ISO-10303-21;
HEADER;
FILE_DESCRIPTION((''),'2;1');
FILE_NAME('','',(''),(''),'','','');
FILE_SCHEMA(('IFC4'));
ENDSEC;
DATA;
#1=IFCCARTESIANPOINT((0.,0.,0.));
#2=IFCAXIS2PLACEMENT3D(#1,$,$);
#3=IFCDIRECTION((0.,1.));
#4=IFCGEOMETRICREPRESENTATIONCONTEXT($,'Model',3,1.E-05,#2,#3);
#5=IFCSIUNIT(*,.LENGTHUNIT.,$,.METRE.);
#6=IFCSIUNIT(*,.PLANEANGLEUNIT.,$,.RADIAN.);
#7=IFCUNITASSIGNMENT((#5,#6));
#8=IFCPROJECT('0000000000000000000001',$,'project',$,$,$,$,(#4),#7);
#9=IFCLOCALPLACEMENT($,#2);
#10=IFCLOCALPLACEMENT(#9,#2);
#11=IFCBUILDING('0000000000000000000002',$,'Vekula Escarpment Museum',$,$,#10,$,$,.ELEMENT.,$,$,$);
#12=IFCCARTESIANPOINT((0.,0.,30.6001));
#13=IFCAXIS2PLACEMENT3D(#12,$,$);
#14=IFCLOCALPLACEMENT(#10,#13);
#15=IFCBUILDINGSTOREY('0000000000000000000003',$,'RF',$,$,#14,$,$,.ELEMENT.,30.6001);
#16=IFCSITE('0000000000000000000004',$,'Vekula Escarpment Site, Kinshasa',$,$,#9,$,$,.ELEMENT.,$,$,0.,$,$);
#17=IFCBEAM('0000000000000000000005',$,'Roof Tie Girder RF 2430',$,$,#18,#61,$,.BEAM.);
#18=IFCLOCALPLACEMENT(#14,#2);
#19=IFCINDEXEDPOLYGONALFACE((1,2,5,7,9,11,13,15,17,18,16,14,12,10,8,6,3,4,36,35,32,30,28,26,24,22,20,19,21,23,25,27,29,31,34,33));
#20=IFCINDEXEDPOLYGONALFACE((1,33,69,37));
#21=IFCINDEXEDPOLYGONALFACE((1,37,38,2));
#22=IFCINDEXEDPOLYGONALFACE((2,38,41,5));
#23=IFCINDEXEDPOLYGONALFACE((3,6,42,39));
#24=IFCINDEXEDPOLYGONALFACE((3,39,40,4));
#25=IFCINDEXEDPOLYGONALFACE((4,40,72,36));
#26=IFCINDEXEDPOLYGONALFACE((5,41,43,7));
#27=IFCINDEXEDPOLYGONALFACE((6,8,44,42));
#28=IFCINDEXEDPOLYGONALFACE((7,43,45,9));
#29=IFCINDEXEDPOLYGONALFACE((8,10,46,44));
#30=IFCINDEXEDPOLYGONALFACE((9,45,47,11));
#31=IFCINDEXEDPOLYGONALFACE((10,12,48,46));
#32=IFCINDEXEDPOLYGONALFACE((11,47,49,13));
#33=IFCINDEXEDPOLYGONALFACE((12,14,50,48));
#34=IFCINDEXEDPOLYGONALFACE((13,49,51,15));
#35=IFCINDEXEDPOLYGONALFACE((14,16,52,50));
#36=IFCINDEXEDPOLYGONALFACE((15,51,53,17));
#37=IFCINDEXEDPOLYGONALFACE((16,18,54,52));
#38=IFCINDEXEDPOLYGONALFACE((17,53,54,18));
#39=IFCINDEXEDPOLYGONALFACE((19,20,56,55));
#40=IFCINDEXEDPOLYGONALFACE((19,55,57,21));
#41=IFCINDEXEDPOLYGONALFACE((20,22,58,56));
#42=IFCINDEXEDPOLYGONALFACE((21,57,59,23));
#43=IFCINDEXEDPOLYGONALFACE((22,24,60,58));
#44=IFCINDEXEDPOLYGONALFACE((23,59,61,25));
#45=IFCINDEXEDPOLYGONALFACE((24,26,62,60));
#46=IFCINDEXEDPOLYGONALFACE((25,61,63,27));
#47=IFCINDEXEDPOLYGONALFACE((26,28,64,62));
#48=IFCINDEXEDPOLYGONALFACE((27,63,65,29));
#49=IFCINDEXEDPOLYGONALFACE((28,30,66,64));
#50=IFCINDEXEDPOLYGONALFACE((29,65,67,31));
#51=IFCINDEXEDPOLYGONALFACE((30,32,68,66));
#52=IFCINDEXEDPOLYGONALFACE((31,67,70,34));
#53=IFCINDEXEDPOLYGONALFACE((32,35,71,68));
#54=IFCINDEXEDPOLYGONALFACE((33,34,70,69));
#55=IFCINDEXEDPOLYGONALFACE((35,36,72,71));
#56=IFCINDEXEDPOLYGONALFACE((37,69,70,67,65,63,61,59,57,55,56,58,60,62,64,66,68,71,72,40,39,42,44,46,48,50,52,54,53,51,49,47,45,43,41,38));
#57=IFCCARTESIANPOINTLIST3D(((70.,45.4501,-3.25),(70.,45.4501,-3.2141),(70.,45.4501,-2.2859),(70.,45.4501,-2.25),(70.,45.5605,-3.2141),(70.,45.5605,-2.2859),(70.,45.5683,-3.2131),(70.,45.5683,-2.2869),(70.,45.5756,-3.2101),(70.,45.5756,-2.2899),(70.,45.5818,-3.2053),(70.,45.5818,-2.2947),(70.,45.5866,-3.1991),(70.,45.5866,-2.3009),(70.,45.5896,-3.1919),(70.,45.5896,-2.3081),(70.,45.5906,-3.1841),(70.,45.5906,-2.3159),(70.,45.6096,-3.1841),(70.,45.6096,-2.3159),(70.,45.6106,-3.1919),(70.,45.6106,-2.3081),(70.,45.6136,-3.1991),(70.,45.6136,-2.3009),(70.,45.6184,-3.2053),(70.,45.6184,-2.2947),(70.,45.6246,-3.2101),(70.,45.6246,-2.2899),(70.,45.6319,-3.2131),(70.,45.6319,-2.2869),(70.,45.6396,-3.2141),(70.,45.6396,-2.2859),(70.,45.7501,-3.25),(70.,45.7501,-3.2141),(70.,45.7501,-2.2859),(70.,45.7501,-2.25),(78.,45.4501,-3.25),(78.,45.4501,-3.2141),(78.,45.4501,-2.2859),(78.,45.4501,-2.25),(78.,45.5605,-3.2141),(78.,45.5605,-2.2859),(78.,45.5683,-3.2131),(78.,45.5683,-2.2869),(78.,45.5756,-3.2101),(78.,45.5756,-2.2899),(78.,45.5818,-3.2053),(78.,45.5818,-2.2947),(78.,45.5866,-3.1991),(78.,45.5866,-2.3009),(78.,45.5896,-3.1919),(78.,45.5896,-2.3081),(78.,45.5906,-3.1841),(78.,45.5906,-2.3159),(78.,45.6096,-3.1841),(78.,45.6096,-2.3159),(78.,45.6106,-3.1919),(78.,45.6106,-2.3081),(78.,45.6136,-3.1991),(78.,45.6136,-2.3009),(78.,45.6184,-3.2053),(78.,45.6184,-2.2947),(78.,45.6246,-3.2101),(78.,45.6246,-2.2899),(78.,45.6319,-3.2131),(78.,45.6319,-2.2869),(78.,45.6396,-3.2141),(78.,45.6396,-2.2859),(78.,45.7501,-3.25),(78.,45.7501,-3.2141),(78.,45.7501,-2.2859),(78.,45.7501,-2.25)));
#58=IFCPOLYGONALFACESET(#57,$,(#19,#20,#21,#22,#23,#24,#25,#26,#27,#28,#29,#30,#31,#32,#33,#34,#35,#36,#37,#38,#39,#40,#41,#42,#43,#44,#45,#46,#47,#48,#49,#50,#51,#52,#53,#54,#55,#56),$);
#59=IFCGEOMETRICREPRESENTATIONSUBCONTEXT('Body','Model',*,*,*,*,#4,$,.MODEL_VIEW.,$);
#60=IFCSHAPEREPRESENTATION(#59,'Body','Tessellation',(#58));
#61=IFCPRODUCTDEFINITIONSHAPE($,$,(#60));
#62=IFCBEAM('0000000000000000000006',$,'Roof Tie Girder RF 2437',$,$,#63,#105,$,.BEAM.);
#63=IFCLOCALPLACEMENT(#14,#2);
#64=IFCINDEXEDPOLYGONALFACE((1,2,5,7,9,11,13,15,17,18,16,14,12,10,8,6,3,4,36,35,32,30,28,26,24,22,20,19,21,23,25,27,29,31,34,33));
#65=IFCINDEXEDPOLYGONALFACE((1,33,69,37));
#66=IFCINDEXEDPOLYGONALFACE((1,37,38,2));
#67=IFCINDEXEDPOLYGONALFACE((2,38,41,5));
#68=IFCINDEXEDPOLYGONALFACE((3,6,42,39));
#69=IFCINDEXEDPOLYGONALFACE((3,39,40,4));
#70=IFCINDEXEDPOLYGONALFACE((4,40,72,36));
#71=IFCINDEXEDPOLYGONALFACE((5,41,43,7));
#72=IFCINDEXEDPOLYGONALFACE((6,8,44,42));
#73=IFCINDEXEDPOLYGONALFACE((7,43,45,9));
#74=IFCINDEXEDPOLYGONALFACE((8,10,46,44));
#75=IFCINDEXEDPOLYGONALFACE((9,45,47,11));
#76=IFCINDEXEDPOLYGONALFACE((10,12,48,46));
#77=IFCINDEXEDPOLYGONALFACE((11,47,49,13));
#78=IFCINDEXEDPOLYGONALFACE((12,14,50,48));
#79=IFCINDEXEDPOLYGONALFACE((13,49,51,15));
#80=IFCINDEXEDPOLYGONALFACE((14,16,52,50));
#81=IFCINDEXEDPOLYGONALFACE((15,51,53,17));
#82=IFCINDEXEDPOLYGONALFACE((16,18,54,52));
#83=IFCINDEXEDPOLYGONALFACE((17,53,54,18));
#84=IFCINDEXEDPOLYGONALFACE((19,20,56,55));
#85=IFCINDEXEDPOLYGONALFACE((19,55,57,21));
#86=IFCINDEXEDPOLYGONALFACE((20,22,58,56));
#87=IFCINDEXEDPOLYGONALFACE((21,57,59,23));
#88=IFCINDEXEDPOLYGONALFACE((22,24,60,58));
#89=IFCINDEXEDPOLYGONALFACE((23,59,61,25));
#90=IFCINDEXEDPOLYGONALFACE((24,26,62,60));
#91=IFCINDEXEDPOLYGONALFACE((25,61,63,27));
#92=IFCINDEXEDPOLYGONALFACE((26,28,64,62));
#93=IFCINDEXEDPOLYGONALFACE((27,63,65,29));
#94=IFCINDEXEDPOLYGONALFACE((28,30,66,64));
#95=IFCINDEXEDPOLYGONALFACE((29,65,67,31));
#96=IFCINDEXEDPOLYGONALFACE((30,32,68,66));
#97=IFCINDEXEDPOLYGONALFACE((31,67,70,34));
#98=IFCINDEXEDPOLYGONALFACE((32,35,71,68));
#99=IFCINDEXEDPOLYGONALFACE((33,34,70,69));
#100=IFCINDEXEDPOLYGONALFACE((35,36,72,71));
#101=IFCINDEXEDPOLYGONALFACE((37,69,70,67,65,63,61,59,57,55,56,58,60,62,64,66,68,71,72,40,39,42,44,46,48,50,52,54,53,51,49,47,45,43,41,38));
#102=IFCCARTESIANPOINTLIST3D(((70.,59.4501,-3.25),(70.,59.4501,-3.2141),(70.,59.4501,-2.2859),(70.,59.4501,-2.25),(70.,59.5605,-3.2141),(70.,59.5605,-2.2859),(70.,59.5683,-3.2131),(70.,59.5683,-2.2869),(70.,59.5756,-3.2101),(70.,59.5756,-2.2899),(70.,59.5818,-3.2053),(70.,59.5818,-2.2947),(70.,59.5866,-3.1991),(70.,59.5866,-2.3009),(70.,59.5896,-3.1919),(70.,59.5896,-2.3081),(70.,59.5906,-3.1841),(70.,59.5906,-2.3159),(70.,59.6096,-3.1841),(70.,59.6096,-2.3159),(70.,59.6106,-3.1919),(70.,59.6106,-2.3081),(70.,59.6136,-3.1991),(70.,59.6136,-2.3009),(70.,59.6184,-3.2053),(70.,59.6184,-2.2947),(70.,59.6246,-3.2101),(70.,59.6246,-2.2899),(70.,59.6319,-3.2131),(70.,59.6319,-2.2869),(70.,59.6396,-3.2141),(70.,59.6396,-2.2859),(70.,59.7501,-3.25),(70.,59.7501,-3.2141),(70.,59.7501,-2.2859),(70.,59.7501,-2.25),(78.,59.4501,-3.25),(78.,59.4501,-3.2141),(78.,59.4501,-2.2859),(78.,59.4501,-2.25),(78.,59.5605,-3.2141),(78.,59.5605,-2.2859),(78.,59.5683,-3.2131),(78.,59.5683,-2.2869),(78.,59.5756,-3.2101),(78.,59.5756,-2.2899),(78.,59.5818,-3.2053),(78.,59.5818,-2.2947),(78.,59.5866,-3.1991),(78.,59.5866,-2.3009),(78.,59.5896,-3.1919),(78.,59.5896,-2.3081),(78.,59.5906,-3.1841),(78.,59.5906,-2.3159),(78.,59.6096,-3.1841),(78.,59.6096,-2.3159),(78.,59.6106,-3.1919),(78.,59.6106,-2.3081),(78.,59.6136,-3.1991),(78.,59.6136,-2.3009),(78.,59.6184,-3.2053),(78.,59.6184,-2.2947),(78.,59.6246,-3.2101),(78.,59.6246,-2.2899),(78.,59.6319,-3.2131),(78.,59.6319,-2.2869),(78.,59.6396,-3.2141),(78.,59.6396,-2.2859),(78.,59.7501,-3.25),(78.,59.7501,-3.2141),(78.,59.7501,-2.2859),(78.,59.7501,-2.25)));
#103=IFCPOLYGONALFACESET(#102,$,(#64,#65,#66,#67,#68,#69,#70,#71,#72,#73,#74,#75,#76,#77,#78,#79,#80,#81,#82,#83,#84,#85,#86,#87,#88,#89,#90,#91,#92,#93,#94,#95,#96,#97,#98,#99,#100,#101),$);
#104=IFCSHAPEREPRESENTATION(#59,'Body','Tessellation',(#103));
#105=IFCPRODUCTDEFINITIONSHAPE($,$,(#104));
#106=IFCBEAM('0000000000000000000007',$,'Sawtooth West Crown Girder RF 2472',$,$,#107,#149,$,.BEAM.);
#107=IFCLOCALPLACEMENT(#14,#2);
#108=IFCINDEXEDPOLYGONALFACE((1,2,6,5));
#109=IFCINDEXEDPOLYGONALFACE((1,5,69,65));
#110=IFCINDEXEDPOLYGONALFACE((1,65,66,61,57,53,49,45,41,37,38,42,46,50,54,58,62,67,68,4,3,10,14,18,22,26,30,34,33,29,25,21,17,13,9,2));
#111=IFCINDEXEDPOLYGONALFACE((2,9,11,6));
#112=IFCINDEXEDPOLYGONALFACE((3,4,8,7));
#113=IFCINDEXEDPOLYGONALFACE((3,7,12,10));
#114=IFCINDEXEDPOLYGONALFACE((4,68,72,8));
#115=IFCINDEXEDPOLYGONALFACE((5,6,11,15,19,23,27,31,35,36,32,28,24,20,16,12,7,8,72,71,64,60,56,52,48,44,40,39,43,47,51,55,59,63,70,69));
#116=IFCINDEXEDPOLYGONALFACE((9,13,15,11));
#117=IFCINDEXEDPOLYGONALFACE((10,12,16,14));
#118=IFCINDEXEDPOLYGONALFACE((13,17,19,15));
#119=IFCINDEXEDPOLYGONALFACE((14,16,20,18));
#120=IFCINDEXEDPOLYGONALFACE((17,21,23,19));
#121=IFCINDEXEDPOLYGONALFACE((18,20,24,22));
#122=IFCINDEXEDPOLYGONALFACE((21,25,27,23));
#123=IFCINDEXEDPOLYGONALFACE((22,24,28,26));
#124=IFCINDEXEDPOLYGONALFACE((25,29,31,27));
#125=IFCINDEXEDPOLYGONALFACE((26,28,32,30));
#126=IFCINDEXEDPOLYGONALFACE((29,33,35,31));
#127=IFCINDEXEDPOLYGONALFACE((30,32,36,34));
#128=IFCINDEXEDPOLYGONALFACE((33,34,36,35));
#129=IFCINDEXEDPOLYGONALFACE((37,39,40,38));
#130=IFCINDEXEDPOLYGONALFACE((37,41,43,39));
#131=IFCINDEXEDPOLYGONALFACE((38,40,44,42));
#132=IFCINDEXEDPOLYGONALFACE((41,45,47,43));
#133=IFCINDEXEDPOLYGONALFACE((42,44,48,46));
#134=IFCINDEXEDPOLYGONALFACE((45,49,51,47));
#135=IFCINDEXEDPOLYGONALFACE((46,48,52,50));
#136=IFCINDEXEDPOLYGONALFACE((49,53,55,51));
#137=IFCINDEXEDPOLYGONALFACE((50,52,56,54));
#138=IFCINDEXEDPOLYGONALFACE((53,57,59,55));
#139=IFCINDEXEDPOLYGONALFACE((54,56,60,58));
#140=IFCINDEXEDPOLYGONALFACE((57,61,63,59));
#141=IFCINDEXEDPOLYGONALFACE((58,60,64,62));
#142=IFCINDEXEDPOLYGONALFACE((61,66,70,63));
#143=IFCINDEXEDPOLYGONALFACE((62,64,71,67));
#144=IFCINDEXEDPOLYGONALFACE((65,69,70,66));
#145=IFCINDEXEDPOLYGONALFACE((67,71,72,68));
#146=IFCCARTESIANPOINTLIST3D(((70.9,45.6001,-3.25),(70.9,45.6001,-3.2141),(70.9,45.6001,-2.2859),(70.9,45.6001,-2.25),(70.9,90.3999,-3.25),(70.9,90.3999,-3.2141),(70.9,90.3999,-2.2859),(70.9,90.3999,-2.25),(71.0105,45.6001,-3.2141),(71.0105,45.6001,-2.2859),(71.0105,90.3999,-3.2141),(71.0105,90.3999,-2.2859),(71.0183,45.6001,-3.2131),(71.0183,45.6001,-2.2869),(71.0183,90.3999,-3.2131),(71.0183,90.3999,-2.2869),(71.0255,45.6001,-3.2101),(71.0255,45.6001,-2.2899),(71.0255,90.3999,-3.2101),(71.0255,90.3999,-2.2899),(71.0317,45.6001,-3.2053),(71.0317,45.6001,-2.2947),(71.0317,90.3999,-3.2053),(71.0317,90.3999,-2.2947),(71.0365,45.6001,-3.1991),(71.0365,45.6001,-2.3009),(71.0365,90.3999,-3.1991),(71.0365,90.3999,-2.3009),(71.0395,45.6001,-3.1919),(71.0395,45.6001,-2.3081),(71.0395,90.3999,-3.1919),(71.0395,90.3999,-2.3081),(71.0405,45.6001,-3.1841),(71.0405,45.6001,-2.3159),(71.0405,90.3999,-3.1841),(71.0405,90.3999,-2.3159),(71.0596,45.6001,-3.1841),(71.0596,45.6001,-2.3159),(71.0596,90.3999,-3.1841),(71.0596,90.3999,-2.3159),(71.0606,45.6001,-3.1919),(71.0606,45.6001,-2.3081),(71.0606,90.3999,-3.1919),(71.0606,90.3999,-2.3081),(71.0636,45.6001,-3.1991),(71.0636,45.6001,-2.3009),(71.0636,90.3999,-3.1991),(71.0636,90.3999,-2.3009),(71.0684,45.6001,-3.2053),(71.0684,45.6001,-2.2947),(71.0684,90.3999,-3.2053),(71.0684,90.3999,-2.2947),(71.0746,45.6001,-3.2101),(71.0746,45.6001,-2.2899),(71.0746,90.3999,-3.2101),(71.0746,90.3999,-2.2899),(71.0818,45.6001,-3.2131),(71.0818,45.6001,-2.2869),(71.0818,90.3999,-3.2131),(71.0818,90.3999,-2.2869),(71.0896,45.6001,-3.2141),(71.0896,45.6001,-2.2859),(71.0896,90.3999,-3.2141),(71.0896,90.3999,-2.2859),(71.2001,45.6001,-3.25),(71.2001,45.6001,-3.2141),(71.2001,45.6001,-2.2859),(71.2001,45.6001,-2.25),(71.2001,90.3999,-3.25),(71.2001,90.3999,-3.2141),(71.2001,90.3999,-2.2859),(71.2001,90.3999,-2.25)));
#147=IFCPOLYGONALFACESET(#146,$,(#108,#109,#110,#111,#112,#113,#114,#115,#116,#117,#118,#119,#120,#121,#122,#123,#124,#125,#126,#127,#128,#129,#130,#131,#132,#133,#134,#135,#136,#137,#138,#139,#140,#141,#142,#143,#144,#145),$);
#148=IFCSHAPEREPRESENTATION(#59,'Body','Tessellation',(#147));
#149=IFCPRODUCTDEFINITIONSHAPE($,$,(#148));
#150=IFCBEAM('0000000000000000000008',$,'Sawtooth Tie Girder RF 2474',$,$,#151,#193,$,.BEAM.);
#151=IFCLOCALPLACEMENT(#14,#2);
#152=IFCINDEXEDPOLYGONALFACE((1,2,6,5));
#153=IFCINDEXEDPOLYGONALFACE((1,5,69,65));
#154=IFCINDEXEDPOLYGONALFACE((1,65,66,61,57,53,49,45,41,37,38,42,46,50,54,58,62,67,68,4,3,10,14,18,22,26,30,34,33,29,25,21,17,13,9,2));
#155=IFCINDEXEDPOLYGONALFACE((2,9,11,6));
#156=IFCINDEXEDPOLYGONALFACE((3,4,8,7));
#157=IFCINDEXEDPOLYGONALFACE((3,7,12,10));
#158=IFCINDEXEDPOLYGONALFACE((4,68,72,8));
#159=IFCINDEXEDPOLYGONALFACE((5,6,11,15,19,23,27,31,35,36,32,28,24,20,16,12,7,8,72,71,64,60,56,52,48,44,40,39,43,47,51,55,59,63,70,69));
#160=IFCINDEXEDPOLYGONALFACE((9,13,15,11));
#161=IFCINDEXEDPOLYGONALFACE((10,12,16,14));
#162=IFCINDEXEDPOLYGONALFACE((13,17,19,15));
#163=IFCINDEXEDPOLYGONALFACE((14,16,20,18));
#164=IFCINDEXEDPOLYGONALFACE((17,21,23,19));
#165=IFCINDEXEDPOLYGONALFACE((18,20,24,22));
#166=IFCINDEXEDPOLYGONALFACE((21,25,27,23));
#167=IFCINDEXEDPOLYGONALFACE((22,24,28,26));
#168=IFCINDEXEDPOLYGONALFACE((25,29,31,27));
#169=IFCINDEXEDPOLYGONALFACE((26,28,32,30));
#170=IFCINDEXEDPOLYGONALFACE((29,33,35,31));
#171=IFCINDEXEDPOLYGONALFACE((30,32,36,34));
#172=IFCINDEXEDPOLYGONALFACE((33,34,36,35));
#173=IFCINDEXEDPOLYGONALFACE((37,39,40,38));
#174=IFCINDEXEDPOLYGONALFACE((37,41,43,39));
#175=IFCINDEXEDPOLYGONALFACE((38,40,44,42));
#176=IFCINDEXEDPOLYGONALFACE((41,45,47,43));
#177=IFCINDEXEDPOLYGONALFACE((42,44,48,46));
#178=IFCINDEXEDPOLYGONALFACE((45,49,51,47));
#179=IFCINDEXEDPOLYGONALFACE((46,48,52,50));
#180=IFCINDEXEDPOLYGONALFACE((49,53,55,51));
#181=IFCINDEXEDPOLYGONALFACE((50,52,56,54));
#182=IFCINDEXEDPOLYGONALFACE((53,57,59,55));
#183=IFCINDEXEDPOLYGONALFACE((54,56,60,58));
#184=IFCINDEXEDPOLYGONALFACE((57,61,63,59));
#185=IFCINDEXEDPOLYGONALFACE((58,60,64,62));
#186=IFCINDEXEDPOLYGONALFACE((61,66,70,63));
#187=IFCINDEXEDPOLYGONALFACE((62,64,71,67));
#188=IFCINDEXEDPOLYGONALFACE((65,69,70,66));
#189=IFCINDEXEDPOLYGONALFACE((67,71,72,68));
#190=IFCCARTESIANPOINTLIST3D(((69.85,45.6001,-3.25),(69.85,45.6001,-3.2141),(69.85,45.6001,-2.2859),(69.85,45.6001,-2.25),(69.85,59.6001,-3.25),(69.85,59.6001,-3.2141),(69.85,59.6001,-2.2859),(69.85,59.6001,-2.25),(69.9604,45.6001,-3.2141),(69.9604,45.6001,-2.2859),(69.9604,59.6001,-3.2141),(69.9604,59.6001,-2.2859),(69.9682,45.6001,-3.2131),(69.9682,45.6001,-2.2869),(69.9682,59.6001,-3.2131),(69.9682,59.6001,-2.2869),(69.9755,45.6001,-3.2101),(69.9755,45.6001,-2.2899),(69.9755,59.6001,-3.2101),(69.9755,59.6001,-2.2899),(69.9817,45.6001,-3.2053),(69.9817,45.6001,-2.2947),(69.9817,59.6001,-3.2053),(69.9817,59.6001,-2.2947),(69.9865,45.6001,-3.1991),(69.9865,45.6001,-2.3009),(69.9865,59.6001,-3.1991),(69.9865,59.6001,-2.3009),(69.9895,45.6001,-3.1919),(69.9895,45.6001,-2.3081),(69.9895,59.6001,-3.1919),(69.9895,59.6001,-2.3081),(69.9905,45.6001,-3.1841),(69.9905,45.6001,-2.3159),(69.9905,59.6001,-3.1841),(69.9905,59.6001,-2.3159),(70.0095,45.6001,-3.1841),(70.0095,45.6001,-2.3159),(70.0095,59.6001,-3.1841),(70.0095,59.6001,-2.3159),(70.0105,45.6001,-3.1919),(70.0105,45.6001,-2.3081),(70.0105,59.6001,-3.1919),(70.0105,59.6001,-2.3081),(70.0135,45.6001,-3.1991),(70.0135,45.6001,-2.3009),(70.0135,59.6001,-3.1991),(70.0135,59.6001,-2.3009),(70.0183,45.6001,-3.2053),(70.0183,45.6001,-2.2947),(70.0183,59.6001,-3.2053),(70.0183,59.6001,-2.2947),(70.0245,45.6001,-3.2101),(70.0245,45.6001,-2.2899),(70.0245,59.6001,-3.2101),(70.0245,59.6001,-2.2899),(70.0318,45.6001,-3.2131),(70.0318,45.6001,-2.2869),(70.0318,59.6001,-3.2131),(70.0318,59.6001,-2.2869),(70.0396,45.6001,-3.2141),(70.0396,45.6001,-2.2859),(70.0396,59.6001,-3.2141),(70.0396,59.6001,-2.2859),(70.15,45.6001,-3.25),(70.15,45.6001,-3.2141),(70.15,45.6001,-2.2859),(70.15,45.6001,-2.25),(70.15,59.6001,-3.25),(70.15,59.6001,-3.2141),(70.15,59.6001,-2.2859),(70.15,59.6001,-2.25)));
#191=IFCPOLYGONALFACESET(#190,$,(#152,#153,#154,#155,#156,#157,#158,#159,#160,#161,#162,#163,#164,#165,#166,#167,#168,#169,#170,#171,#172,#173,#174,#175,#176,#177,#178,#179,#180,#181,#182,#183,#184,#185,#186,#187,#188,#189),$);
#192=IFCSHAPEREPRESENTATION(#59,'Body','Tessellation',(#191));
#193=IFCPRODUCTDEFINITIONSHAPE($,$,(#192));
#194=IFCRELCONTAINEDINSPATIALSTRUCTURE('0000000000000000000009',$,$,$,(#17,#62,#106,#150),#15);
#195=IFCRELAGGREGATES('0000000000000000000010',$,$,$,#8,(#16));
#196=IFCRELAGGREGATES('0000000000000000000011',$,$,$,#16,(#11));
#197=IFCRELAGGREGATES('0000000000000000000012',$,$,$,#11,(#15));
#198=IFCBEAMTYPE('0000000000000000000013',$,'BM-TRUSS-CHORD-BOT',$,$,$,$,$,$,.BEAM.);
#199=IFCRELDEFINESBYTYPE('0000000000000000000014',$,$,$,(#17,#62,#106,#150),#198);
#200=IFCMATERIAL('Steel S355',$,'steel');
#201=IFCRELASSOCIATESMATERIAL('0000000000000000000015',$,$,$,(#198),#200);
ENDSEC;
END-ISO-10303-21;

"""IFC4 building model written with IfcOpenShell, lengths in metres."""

from ifc_helpers import new_model, si_unit, direction, frame, origin, origin_2d, place, context, subcontext, project, spatial, i_section, extrude, material, material_profile, profile_set, type_object, element, save


model = new_model("IFC4")

# Units and contexts
model_context = context("Model", 3, precision=1e-05, world=origin(), true_north=direction((0.0, 1.0)))
body_context = subcontext(model_context, "Body", "Model", "MODEL_VIEW")
ifc_project = project(units=[si_unit("LENGTHUNIT", "METRE"), si_unit("PLANEANGLEUNIT", "RADIAN")], contexts=[model_context])

# Site, building, storey
site_placement = place(None, origin())
site = spatial("IfcSite", under=ifc_project, at=site_placement, Name="Vekula Escarpment Site, Kinshasa", CompositionType="ELEMENT", RefElevation=0.0)
building_placement = place(site_placement, origin())
building = spatial("IfcBuilding", under=site, at=building_placement, Name="Vekula Escarpment Museum", CompositionType="ELEMENT")
storey_placement = place(building_placement, frame((0.0, 0.0, 30.6001)))
storey = spatial("IfcBuildingStorey", under=building, at=storey_placement, Name="RF", CompositionType="ELEMENT", Elevation=30.6001)

# Beams
ifc_material_1 = material(Name="Steel S355", Category="steel")
ifc_material_profile_1 = material_profile(ifc_material_1, i_section(OverallWidth=0.3, OverallDepth=1.0, WebThickness=0.019, FlangeThickness=0.0359, FilletRadius=0.03, at=origin_2d()), Name="HEB 1000")
ifc_profile_set_1 = profile_set([ifc_material_profile_1], Name="Steel S355")
beam_type_1 = type_object("IfcBeamType", Name="BM-TRUSS-CHORD-BOT", PredefinedType="BEAM", material=ifc_profile_set_1)
for number, where, z_axis, x_axis, name in (
    (1, (70.0, 45.6001, -2.75), (1.0, 0.0, 0.0), (0.0, 1.0, 0.0), "Roof Tie Girder RF 2430"),
    (2, (70.0, 59.6001, -2.75), (1.0, 0.0, 0.0), (0.0, 1.0, 0.0), "Roof Tie Girder RF 2437"),
):
    element("IfcBeam", number, at=place(storey_placement, frame(where, z_axis=z_axis, x_axis=x_axis)), inside=storey, type_object=beam_type_1, Name=name, PredefinedType="BEAM", context=body_context, shape_type="SweptSolid", body=[
        extrude(i_section(OverallWidth=0.3, OverallDepth=1.0, WebThickness=0.019, FlangeThickness=0.0359, FilletRadius=0.03, at=origin_2d()), origin(), (0.0, 0.0, 1.0), 8.0),
    ])
beam_1_placement = place(storey_placement, frame((71.05, 45.6001, -2.75), z_axis=(0.0, 1.0, 0.0), x_axis=(-1.0, 0.0, 0.0)))
element("IfcBeam", 3, at=beam_1_placement, inside=storey, type_object=beam_type_1, Name="Sawtooth West Crown Girder RF 2472", PredefinedType="BEAM", context=body_context, shape_type="SweptSolid", body=[
    extrude(i_section(OverallWidth=0.3, OverallDepth=1.0, WebThickness=0.019, FlangeThickness=0.0359, FilletRadius=0.03, at=origin_2d()), origin(), (0.0, 0.0, 1.0), 44.7998),
])
beam_2_placement = place(storey_placement, frame((70.0, 45.6001, -2.75), z_axis=(0.0, 1.0, 0.0), x_axis=(-1.0, 0.0, 0.0)))
element("IfcBeam", 4, at=beam_2_placement, inside=storey, type_object=beam_type_1, Name="Sawtooth Tie Girder RF 2474", PredefinedType="BEAM", context=body_context, shape_type="SweptSolid", body=[
    extrude(i_section(OverallWidth=0.3, OverallDepth=1.0, WebThickness=0.019, FlangeThickness=0.0359, FilletRadius=0.03, at=origin_2d()), origin(), (0.0, 0.0, 1.0), 14.0),
])

save(model, "model.ifc")
